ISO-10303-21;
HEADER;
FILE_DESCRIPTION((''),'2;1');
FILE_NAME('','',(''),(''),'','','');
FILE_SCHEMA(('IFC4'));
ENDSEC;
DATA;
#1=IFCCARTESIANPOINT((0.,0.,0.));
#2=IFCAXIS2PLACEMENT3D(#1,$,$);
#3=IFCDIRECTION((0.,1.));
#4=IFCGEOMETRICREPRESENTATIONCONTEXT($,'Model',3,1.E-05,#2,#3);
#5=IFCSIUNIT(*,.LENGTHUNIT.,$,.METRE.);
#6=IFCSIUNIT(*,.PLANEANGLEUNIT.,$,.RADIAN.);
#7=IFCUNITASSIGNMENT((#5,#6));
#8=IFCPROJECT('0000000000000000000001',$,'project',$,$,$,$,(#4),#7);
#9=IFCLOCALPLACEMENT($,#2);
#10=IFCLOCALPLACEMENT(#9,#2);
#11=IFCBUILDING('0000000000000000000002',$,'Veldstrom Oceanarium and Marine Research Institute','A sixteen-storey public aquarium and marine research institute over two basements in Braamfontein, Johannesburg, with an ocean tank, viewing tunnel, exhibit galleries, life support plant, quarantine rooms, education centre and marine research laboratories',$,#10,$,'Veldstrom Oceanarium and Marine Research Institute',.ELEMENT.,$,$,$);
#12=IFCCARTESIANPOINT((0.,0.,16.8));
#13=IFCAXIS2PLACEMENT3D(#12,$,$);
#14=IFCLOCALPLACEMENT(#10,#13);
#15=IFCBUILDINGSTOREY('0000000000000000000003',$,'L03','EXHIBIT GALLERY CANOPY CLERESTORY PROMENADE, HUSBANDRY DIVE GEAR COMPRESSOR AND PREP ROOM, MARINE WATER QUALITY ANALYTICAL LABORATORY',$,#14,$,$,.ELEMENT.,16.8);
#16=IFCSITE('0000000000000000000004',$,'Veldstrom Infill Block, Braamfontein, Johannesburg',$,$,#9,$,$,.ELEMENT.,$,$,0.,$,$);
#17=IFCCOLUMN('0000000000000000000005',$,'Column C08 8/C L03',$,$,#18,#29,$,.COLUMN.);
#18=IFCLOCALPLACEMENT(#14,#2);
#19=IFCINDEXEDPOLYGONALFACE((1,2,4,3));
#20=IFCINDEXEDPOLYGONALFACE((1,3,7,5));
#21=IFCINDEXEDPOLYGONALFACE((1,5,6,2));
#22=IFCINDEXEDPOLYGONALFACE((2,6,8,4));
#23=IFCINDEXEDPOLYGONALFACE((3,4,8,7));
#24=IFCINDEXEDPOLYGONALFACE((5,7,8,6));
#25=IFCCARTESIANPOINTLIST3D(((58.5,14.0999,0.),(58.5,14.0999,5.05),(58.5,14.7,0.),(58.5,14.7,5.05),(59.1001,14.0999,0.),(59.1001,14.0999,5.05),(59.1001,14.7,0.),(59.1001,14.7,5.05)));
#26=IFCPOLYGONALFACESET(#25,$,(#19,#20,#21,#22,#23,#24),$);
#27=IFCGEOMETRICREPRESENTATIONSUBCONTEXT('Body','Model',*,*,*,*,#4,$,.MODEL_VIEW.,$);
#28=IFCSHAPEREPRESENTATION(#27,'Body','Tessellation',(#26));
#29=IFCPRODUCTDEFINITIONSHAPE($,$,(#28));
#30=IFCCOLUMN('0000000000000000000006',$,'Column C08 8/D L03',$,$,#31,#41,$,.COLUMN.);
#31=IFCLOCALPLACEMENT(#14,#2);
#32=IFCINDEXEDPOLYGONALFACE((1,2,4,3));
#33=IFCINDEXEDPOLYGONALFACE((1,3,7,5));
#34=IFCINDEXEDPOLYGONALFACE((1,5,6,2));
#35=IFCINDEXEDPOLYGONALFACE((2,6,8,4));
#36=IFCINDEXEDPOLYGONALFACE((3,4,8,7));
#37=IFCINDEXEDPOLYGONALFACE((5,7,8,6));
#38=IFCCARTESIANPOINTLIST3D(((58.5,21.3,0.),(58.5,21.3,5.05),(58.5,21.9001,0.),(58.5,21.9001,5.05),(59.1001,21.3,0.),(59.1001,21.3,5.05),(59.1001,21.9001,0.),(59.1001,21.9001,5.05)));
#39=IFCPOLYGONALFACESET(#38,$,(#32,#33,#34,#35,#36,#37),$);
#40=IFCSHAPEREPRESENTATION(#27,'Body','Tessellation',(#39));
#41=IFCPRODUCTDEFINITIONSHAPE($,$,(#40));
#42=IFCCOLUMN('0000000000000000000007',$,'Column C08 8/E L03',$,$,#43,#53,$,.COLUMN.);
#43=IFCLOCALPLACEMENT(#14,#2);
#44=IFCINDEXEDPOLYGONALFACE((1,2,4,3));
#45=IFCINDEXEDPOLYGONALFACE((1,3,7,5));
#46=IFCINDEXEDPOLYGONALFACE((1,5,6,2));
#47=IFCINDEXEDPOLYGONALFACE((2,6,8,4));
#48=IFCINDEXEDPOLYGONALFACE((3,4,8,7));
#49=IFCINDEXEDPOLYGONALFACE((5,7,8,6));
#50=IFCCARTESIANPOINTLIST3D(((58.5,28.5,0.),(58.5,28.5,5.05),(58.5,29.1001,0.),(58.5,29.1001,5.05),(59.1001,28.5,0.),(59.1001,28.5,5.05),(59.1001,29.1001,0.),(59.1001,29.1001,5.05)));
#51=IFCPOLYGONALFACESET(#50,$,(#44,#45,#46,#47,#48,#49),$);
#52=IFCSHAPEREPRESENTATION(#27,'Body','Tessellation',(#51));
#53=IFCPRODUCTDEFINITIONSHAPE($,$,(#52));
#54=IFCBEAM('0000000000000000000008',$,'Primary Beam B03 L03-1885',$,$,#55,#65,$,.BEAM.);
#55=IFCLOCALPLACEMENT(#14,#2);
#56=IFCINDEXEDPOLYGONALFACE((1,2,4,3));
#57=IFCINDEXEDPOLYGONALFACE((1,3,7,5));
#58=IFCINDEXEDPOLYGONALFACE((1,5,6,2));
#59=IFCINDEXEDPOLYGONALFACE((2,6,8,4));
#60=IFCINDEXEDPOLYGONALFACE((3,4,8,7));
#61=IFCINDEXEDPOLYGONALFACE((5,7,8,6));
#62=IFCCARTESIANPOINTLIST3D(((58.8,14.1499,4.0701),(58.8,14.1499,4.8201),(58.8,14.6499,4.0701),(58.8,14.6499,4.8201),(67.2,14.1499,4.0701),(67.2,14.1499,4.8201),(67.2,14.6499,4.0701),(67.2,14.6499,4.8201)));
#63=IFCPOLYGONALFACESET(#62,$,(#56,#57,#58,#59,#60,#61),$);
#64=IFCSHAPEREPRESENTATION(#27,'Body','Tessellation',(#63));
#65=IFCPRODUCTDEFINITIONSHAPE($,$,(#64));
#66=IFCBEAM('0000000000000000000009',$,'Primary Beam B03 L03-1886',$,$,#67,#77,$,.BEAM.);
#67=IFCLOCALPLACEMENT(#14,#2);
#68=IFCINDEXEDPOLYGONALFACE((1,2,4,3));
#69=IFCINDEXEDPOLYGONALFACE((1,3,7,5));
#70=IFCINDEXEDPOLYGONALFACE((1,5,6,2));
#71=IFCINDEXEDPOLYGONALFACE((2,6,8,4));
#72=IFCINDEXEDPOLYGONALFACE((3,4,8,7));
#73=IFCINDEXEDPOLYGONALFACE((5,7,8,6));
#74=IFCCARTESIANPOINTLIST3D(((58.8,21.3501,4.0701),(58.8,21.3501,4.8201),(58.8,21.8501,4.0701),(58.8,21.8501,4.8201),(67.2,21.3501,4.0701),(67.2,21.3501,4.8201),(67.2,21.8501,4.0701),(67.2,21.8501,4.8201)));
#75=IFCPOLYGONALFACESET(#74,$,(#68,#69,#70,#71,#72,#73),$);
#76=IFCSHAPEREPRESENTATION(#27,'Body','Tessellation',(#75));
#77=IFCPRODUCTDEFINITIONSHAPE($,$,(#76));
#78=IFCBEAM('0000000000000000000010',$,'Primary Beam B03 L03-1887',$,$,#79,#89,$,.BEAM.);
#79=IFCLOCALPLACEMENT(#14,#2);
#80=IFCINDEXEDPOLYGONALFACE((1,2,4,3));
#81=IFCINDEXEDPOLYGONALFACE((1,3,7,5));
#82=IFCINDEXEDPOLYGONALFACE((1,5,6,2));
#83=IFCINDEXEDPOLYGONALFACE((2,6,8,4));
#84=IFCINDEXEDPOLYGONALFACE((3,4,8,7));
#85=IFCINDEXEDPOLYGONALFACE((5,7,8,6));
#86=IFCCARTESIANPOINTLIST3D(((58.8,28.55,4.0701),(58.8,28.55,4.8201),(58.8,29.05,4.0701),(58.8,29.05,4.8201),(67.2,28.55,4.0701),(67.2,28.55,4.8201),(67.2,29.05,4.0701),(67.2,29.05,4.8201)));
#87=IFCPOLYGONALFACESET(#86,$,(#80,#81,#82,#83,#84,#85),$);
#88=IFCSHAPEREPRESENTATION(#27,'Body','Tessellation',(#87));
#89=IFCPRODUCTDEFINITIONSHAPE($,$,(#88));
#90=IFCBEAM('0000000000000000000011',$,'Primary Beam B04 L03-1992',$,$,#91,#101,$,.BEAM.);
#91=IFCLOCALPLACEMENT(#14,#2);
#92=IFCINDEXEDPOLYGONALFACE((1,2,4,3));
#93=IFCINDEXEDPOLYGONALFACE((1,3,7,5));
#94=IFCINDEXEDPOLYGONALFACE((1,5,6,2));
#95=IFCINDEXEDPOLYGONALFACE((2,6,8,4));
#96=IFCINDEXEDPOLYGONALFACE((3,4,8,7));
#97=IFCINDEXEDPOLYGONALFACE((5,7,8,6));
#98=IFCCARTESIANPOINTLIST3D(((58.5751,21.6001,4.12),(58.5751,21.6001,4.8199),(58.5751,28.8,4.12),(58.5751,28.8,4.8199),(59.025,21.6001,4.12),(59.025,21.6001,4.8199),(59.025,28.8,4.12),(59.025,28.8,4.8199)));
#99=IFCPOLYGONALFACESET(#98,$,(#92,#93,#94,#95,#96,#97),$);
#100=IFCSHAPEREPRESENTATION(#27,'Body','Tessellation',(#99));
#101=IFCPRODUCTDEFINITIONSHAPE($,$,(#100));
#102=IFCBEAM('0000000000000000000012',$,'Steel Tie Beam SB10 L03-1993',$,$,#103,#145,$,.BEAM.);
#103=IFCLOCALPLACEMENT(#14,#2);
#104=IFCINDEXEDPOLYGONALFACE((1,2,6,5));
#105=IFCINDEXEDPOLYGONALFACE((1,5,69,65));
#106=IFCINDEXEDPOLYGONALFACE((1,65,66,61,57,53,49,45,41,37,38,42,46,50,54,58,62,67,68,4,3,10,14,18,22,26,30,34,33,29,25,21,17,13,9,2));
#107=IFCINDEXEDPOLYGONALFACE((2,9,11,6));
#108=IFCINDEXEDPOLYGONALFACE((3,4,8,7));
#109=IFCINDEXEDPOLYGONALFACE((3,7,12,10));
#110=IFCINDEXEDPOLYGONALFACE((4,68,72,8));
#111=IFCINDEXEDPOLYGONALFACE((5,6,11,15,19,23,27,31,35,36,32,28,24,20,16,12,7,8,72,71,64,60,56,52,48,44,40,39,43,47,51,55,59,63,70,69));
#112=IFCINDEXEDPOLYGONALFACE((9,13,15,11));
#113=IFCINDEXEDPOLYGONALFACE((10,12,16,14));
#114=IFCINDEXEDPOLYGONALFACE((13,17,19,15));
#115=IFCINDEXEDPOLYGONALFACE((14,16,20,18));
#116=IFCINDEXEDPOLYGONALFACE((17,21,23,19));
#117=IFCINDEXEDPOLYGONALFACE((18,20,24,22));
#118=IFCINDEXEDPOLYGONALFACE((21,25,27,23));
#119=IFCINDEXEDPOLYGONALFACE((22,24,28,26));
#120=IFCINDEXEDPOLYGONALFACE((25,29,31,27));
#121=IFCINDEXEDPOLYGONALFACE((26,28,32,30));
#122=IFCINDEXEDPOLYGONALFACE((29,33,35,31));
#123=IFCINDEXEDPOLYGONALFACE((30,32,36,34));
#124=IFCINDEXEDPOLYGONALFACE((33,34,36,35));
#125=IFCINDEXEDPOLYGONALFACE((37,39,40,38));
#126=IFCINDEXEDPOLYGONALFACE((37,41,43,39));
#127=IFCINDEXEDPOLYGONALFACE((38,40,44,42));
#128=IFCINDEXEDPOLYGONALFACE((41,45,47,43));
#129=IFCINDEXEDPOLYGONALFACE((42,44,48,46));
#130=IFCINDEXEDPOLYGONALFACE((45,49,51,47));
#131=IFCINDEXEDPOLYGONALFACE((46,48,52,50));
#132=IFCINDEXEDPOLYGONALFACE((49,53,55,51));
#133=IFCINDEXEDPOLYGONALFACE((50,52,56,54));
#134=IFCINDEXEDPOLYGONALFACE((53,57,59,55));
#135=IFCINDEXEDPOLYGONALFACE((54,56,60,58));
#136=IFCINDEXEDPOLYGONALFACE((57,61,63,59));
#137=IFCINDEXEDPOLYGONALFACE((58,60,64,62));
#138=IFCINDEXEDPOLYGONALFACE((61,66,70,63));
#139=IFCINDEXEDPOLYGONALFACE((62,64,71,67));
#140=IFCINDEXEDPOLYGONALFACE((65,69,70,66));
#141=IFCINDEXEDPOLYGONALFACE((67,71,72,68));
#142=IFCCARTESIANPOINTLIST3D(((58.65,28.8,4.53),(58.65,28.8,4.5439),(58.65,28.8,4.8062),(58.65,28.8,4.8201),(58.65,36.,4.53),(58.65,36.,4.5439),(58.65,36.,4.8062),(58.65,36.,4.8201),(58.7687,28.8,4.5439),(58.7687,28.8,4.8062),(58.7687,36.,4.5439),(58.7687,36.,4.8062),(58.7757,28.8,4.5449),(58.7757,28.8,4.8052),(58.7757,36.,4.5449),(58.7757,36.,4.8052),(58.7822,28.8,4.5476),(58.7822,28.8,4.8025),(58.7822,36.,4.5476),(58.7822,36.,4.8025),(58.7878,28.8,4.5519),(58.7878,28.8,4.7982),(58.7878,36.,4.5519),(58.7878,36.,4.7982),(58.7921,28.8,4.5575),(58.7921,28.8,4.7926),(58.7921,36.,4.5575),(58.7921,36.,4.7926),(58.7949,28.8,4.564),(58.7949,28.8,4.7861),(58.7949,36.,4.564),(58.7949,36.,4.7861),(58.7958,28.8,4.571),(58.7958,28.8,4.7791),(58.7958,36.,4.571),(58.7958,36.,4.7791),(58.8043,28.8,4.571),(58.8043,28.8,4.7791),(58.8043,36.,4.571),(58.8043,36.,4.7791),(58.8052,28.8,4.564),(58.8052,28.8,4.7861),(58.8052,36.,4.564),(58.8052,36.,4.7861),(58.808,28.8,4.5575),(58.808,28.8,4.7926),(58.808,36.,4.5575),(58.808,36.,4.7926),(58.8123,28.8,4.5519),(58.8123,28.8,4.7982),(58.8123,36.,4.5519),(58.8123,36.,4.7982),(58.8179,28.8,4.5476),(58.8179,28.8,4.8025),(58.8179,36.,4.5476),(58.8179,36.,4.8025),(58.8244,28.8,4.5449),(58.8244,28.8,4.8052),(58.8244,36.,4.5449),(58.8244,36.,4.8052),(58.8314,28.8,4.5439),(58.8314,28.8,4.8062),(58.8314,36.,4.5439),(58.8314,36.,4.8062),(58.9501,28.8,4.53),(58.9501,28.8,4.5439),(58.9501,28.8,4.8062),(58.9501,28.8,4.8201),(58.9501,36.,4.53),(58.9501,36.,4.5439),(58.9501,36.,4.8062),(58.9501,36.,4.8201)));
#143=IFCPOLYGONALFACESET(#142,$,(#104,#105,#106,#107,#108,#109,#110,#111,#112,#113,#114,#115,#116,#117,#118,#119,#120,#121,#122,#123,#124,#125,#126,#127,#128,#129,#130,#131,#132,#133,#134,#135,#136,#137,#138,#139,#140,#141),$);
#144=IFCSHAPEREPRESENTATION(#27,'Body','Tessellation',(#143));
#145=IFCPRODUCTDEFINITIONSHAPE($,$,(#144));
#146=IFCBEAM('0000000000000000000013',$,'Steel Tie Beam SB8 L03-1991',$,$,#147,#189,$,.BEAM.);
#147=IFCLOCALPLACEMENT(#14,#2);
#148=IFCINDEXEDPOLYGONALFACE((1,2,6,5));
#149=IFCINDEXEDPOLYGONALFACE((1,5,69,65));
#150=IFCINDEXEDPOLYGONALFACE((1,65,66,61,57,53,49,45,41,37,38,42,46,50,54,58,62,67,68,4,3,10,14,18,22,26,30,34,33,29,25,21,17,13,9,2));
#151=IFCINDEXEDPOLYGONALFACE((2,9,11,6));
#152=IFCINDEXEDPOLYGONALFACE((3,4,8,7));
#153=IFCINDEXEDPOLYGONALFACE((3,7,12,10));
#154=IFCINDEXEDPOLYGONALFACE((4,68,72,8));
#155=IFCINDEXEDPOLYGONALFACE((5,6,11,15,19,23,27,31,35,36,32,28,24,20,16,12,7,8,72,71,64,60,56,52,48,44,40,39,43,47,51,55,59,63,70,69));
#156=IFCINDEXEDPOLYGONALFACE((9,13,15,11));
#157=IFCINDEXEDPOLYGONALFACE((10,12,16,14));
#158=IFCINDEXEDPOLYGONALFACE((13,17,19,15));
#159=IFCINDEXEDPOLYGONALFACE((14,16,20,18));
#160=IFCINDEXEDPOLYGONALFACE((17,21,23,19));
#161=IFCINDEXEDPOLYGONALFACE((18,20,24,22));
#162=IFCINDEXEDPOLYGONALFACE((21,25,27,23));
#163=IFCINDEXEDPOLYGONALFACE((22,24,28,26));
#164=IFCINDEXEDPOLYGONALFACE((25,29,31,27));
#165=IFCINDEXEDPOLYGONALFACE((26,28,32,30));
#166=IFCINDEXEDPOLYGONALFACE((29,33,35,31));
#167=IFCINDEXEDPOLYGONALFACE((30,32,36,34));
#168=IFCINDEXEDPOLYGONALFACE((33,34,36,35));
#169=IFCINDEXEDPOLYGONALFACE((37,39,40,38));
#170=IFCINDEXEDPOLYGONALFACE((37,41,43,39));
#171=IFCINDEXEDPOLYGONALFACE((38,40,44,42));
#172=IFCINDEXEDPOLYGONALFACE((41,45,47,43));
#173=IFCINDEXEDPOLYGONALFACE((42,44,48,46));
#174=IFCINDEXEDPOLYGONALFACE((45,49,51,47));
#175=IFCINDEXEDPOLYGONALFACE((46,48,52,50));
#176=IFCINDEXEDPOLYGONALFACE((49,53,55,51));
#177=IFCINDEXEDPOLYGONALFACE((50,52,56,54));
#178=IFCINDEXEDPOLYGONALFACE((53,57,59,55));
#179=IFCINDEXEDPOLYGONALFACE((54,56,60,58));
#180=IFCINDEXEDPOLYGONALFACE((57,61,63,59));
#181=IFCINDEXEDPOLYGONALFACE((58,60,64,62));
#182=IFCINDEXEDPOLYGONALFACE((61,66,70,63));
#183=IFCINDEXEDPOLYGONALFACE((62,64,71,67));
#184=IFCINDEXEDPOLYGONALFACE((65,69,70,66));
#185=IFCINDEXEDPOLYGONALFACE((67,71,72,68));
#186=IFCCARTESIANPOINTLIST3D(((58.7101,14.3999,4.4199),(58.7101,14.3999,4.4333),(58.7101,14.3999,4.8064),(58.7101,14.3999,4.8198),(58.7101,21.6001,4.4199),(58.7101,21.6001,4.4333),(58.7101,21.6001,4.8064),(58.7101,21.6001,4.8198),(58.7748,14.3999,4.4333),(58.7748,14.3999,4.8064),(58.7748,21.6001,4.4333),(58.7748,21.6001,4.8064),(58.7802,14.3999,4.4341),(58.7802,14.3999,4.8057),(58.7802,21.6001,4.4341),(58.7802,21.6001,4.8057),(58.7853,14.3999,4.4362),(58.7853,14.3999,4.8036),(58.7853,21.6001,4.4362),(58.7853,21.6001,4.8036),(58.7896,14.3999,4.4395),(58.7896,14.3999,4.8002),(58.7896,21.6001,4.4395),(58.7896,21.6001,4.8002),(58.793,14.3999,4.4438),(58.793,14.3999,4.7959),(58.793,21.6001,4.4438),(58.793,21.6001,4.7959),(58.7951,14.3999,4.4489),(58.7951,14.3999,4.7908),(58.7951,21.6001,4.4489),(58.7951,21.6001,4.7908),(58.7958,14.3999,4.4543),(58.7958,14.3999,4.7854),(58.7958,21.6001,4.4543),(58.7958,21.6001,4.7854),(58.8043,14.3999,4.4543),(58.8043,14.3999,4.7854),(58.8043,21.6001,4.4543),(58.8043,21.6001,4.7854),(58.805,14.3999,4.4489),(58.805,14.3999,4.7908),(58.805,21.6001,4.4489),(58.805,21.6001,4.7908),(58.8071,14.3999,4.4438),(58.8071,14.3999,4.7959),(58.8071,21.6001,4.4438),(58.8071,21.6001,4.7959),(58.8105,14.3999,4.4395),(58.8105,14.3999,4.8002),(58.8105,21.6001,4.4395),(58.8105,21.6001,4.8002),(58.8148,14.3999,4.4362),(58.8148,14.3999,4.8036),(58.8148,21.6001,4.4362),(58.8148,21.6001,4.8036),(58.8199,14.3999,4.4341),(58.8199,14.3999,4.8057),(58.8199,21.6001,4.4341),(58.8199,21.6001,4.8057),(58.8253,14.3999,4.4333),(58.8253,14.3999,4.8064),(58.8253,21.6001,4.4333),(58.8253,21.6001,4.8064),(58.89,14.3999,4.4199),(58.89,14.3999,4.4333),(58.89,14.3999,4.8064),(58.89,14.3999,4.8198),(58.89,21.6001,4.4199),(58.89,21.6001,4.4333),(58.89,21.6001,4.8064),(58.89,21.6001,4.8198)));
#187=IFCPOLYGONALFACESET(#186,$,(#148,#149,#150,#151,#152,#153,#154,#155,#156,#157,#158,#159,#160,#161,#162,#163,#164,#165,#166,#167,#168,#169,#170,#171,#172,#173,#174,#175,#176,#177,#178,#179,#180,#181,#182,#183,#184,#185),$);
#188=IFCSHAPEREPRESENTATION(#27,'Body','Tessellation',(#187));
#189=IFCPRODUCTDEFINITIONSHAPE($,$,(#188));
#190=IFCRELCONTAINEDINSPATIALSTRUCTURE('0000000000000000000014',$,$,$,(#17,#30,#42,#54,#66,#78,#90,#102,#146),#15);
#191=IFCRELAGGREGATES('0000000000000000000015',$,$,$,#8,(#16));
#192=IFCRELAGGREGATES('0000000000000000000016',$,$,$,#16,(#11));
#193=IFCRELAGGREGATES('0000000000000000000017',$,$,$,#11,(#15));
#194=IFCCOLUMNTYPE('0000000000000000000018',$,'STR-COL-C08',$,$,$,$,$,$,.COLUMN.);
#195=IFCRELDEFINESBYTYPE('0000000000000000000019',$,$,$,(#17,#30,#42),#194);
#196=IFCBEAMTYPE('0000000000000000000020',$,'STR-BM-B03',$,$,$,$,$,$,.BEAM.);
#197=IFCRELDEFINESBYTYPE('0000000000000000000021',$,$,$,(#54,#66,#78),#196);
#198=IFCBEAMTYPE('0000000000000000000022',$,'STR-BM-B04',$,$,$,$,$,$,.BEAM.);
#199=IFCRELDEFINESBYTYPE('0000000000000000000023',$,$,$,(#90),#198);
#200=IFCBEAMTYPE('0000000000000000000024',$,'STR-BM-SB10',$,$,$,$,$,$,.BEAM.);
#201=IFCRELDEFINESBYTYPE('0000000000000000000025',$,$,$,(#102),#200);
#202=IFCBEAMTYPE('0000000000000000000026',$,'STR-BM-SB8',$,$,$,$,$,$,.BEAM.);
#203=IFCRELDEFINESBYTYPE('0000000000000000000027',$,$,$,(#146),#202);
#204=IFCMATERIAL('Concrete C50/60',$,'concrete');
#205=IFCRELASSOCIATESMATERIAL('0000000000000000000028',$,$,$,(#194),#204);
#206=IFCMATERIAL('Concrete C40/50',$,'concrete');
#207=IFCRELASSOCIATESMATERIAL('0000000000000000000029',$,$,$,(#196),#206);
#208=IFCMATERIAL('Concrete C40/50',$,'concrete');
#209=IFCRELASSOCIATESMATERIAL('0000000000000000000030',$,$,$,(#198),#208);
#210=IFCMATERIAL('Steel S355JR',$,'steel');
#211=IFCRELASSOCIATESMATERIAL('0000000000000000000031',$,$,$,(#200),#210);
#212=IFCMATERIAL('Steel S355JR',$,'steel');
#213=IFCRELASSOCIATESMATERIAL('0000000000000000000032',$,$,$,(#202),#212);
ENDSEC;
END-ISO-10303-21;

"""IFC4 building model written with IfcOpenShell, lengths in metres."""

from ifc_helpers import new_model, si_unit, direction, frame, origin, origin_2d, place, context, subcontext, project, spatial, rectangle, i_section, extrude, material, material_profile, profile_set, type_object, element, save


model = new_model("IFC4")

# Units and contexts
model_context = context("Model", 3, precision=1e-05, world=origin(), true_north=direction((0.0, 1.0)))
body_context = subcontext(model_context, "Body", "Model", "MODEL_VIEW")
ifc_project = project(units=[si_unit("LENGTHUNIT", "METRE"), si_unit("PLANEANGLEUNIT", "RADIAN")], contexts=[model_context])

# Site, building, storey
site_placement = place(None, origin())
site = spatial("IfcSite", under=ifc_project, at=site_placement, Name="Veldstrom Infill Block, Braamfontein, Johannesburg", CompositionType="ELEMENT", RefElevation=0.0)
building_placement = place(site_placement, origin())
building = spatial("IfcBuilding", under=site, at=building_placement, Name="Veldstrom Oceanarium and Marine Research Institute", Description="A sixteen-storey public aquarium and marine research institute over two basements in Braamfontein, Johannesburg, with an ocean tank, viewing tunnel, exhibit galleries, life support plant, quarantine rooms, education centre and marine research laboratories", LongName="Veldstrom Oceanarium and Marine Research Institute", CompositionType="ELEMENT")
storey_placement = place(building_placement, frame((0.0, 0.0, 16.8)))
storey = spatial("IfcBuildingStorey", under=building, at=storey_placement, Name="L03", Description="EXHIBIT GALLERY CANOPY CLERESTORY PROMENADE, HUSBANDRY DIVE GEAR COMPRESSOR AND PREP ROOM, MARINE WATER QUALITY ANALYTICAL LABORATORY", CompositionType="ELEMENT", Elevation=16.8)

# Columns
ifc_material_1 = material(Name="Concrete C50/60", Category="concrete")
ifc_material_profile_1 = material_profile(ifc_material_1, rectangle(XDim=0.6001, YDim=0.6001, at=origin_2d()), Name="RC-COL-600x600")
ifc_profile_set_1 = profile_set([ifc_material_profile_1], Name="Concrete C50/60")
column_type = type_object("IfcColumnType", Name="STR-COL-C08", PredefinedType="COLUMN", material=ifc_profile_set_1)
for number, where, z_axis, x_axis, name in (
    (1, (58.8, 14.3999, 0.0), (0.0, 0.0, 1.0), (1.0, 0.0, 0.0), "Column C08 8/C L03"),
    (2, (58.8, 21.6001, 0.0), (0.0, 0.0, 1.0), (1.0, 0.0, 0.0), "Column C08 8/D L03"),
    (3, (58.8, 28.8, 0.0), (0.0, 0.0, 1.0), (1.0, 0.0, 0.0), "Column C08 8/E L03"),
):
    element("IfcColumn", number, at=place(storey_placement, frame(where, z_axis=z_axis, x_axis=x_axis)), inside=storey, type_object=column_type, Name=name, PredefinedType="COLUMN", context=body_context, shape_type="SweptSolid", body=[
        extrude(rectangle(XDim=0.6001, YDim=0.6001, at=origin_2d()), origin(), (0.0, 0.0, 1.0), 5.05),
    ])

# Beams
ifc_material_2 = material(Name="Concrete C40/50", Category="concrete")
ifc_material_profile_2 = material_profile(ifc_material_2, rectangle(XDim=0.5, YDim=0.75, at=origin_2d()), Name="RC-BM-500x750")
ifc_profile_set_2 = profile_set([ifc_material_profile_2], Name="Concrete C40/50")
beam_type_1 = type_object("IfcBeamType", Name="STR-BM-B03", PredefinedType="BEAM", material=ifc_profile_set_2)
for number, where, z_axis, x_axis, name in (
    (4, (58.8, 14.3999, 4.4451), (1.0, 0.0, 0.0), (0.0, 1.0, 0.0), "Primary Beam B03 L03-1885"),
    (5, (58.8, 21.6001, 4.4451), (1.0, 0.0, 0.0), (0.0, 1.0, 0.0), "Primary Beam B03 L03-1886"),
    (6, (58.8, 28.8, 4.4451), (1.0, 0.0, 0.0), (0.0, 1.0, 0.0), "Primary Beam B03 L03-1887"),
):
    element("IfcBeam", number, at=place(storey_placement, frame(where, z_axis=z_axis, x_axis=x_axis)), inside=storey, type_object=beam_type_1, Name=name, PredefinedType="BEAM", context=body_context, shape_type="SweptSolid", body=[
        extrude(rectangle(XDim=0.5, YDim=0.75, at=origin_2d()), origin(), (0.0, 0.0, 1.0), 8.3999),
    ])
ifc_material_3 = material(Name="Concrete C40/50", Category="concrete")
ifc_material_profile_3 = material_profile(ifc_material_3, rectangle(XDim=0.45, YDim=0.7, at=origin_2d()), Name="RC-BM-450x700")
ifc_profile_set_3 = profile_set([ifc_material_profile_3], Name="Concrete C40/50")
beam_type_2 = type_object("IfcBeamType", Name="STR-BM-B04", PredefinedType="BEAM", material=ifc_profile_set_3)
beam_1_placement = place(storey_placement, frame((58.8, 21.6001, 4.47), z_axis=(0.0, 1.0, 0.0), x_axis=(-1.0, 0.0, 0.0)))
element("IfcBeam", 7, at=beam_1_placement, inside=storey, type_object=beam_type_2, Name="Primary Beam B04 L03-1992", PredefinedType="BEAM", context=body_context, shape_type="SweptSolid", body=[
    extrude(rectangle(XDim=0.45, YDim=0.7, at=origin_2d()), origin(), (0.0, 0.0, 1.0), 7.2),
])
ifc_material_4 = material(Name="Steel S355JR", Category="steel")
ifc_material_profile_4 = material_profile(ifc_material_4, i_section(OverallWidth=0.3, OverallDepth=0.29, WebThickness=0.0085, FlangeThickness=0.0139, FilletRadius=0.0271, at=origin_2d()), Name="HEA 300")
ifc_profile_set_4 = profile_set([ifc_material_profile_4], Name="Steel S355JR")
beam_type_3 = type_object("IfcBeamType", Name="STR-BM-SB10", PredefinedType="BEAM", material=ifc_profile_set_4)
beam_2_placement = place(storey_placement, frame((58.8, 28.8, 4.675), z_axis=(0.0, 1.0, 0.0), x_axis=(-1.0, 0.0, 0.0)))
element("IfcBeam", 8, at=beam_2_placement, inside=storey, type_object=beam_type_3, Name="Steel Tie Beam SB10 L03-1993", PredefinedType="BEAM", context=body_context, shape_type="SweptSolid", body=[
    extrude(i_section(OverallWidth=0.3, OverallDepth=0.29, WebThickness=0.0085, FlangeThickness=0.0139, FilletRadius=0.0271, at=origin_2d()), origin(), (0.0, 0.0, 1.0), 7.2),
])
ifc_material_5 = material(Name="Steel S355JR", Category="steel")
ifc_material_profile_5 = material_profile(ifc_material_5, i_section(OverallWidth=0.1799, OverallDepth=0.3999, WebThickness=0.0085, FlangeThickness=0.0134, FilletRadius=0.021, at=origin_2d()), Name="IPE 400")
ifc_profile_set_5 = profile_set([ifc_material_profile_5], Name="Steel S355JR")
beam_type_4 = type_object("IfcBeamType", Name="STR-BM-SB8", PredefinedType="BEAM", material=ifc_profile_set_5)
beam_3_placement = place(storey_placement, frame((58.8, 14.3999, 4.6199), z_axis=(0.0, 1.0, 0.0), x_axis=(-1.0, 0.0, 0.0)))
element("IfcBeam", 9, at=beam_3_placement, inside=storey, type_object=beam_type_4, Name="Steel Tie Beam SB8 L03-1991", PredefinedType="BEAM", context=body_context, shape_type="SweptSolid", body=[
    extrude(i_section(OverallWidth=0.1799, OverallDepth=0.3999, WebThickness=0.0085, FlangeThickness=0.0134, FilletRadius=0.021, at=origin_2d()), origin(), (0.0, 0.0, 1.0), 7.2002),
])

save(model, "model.ifc")
